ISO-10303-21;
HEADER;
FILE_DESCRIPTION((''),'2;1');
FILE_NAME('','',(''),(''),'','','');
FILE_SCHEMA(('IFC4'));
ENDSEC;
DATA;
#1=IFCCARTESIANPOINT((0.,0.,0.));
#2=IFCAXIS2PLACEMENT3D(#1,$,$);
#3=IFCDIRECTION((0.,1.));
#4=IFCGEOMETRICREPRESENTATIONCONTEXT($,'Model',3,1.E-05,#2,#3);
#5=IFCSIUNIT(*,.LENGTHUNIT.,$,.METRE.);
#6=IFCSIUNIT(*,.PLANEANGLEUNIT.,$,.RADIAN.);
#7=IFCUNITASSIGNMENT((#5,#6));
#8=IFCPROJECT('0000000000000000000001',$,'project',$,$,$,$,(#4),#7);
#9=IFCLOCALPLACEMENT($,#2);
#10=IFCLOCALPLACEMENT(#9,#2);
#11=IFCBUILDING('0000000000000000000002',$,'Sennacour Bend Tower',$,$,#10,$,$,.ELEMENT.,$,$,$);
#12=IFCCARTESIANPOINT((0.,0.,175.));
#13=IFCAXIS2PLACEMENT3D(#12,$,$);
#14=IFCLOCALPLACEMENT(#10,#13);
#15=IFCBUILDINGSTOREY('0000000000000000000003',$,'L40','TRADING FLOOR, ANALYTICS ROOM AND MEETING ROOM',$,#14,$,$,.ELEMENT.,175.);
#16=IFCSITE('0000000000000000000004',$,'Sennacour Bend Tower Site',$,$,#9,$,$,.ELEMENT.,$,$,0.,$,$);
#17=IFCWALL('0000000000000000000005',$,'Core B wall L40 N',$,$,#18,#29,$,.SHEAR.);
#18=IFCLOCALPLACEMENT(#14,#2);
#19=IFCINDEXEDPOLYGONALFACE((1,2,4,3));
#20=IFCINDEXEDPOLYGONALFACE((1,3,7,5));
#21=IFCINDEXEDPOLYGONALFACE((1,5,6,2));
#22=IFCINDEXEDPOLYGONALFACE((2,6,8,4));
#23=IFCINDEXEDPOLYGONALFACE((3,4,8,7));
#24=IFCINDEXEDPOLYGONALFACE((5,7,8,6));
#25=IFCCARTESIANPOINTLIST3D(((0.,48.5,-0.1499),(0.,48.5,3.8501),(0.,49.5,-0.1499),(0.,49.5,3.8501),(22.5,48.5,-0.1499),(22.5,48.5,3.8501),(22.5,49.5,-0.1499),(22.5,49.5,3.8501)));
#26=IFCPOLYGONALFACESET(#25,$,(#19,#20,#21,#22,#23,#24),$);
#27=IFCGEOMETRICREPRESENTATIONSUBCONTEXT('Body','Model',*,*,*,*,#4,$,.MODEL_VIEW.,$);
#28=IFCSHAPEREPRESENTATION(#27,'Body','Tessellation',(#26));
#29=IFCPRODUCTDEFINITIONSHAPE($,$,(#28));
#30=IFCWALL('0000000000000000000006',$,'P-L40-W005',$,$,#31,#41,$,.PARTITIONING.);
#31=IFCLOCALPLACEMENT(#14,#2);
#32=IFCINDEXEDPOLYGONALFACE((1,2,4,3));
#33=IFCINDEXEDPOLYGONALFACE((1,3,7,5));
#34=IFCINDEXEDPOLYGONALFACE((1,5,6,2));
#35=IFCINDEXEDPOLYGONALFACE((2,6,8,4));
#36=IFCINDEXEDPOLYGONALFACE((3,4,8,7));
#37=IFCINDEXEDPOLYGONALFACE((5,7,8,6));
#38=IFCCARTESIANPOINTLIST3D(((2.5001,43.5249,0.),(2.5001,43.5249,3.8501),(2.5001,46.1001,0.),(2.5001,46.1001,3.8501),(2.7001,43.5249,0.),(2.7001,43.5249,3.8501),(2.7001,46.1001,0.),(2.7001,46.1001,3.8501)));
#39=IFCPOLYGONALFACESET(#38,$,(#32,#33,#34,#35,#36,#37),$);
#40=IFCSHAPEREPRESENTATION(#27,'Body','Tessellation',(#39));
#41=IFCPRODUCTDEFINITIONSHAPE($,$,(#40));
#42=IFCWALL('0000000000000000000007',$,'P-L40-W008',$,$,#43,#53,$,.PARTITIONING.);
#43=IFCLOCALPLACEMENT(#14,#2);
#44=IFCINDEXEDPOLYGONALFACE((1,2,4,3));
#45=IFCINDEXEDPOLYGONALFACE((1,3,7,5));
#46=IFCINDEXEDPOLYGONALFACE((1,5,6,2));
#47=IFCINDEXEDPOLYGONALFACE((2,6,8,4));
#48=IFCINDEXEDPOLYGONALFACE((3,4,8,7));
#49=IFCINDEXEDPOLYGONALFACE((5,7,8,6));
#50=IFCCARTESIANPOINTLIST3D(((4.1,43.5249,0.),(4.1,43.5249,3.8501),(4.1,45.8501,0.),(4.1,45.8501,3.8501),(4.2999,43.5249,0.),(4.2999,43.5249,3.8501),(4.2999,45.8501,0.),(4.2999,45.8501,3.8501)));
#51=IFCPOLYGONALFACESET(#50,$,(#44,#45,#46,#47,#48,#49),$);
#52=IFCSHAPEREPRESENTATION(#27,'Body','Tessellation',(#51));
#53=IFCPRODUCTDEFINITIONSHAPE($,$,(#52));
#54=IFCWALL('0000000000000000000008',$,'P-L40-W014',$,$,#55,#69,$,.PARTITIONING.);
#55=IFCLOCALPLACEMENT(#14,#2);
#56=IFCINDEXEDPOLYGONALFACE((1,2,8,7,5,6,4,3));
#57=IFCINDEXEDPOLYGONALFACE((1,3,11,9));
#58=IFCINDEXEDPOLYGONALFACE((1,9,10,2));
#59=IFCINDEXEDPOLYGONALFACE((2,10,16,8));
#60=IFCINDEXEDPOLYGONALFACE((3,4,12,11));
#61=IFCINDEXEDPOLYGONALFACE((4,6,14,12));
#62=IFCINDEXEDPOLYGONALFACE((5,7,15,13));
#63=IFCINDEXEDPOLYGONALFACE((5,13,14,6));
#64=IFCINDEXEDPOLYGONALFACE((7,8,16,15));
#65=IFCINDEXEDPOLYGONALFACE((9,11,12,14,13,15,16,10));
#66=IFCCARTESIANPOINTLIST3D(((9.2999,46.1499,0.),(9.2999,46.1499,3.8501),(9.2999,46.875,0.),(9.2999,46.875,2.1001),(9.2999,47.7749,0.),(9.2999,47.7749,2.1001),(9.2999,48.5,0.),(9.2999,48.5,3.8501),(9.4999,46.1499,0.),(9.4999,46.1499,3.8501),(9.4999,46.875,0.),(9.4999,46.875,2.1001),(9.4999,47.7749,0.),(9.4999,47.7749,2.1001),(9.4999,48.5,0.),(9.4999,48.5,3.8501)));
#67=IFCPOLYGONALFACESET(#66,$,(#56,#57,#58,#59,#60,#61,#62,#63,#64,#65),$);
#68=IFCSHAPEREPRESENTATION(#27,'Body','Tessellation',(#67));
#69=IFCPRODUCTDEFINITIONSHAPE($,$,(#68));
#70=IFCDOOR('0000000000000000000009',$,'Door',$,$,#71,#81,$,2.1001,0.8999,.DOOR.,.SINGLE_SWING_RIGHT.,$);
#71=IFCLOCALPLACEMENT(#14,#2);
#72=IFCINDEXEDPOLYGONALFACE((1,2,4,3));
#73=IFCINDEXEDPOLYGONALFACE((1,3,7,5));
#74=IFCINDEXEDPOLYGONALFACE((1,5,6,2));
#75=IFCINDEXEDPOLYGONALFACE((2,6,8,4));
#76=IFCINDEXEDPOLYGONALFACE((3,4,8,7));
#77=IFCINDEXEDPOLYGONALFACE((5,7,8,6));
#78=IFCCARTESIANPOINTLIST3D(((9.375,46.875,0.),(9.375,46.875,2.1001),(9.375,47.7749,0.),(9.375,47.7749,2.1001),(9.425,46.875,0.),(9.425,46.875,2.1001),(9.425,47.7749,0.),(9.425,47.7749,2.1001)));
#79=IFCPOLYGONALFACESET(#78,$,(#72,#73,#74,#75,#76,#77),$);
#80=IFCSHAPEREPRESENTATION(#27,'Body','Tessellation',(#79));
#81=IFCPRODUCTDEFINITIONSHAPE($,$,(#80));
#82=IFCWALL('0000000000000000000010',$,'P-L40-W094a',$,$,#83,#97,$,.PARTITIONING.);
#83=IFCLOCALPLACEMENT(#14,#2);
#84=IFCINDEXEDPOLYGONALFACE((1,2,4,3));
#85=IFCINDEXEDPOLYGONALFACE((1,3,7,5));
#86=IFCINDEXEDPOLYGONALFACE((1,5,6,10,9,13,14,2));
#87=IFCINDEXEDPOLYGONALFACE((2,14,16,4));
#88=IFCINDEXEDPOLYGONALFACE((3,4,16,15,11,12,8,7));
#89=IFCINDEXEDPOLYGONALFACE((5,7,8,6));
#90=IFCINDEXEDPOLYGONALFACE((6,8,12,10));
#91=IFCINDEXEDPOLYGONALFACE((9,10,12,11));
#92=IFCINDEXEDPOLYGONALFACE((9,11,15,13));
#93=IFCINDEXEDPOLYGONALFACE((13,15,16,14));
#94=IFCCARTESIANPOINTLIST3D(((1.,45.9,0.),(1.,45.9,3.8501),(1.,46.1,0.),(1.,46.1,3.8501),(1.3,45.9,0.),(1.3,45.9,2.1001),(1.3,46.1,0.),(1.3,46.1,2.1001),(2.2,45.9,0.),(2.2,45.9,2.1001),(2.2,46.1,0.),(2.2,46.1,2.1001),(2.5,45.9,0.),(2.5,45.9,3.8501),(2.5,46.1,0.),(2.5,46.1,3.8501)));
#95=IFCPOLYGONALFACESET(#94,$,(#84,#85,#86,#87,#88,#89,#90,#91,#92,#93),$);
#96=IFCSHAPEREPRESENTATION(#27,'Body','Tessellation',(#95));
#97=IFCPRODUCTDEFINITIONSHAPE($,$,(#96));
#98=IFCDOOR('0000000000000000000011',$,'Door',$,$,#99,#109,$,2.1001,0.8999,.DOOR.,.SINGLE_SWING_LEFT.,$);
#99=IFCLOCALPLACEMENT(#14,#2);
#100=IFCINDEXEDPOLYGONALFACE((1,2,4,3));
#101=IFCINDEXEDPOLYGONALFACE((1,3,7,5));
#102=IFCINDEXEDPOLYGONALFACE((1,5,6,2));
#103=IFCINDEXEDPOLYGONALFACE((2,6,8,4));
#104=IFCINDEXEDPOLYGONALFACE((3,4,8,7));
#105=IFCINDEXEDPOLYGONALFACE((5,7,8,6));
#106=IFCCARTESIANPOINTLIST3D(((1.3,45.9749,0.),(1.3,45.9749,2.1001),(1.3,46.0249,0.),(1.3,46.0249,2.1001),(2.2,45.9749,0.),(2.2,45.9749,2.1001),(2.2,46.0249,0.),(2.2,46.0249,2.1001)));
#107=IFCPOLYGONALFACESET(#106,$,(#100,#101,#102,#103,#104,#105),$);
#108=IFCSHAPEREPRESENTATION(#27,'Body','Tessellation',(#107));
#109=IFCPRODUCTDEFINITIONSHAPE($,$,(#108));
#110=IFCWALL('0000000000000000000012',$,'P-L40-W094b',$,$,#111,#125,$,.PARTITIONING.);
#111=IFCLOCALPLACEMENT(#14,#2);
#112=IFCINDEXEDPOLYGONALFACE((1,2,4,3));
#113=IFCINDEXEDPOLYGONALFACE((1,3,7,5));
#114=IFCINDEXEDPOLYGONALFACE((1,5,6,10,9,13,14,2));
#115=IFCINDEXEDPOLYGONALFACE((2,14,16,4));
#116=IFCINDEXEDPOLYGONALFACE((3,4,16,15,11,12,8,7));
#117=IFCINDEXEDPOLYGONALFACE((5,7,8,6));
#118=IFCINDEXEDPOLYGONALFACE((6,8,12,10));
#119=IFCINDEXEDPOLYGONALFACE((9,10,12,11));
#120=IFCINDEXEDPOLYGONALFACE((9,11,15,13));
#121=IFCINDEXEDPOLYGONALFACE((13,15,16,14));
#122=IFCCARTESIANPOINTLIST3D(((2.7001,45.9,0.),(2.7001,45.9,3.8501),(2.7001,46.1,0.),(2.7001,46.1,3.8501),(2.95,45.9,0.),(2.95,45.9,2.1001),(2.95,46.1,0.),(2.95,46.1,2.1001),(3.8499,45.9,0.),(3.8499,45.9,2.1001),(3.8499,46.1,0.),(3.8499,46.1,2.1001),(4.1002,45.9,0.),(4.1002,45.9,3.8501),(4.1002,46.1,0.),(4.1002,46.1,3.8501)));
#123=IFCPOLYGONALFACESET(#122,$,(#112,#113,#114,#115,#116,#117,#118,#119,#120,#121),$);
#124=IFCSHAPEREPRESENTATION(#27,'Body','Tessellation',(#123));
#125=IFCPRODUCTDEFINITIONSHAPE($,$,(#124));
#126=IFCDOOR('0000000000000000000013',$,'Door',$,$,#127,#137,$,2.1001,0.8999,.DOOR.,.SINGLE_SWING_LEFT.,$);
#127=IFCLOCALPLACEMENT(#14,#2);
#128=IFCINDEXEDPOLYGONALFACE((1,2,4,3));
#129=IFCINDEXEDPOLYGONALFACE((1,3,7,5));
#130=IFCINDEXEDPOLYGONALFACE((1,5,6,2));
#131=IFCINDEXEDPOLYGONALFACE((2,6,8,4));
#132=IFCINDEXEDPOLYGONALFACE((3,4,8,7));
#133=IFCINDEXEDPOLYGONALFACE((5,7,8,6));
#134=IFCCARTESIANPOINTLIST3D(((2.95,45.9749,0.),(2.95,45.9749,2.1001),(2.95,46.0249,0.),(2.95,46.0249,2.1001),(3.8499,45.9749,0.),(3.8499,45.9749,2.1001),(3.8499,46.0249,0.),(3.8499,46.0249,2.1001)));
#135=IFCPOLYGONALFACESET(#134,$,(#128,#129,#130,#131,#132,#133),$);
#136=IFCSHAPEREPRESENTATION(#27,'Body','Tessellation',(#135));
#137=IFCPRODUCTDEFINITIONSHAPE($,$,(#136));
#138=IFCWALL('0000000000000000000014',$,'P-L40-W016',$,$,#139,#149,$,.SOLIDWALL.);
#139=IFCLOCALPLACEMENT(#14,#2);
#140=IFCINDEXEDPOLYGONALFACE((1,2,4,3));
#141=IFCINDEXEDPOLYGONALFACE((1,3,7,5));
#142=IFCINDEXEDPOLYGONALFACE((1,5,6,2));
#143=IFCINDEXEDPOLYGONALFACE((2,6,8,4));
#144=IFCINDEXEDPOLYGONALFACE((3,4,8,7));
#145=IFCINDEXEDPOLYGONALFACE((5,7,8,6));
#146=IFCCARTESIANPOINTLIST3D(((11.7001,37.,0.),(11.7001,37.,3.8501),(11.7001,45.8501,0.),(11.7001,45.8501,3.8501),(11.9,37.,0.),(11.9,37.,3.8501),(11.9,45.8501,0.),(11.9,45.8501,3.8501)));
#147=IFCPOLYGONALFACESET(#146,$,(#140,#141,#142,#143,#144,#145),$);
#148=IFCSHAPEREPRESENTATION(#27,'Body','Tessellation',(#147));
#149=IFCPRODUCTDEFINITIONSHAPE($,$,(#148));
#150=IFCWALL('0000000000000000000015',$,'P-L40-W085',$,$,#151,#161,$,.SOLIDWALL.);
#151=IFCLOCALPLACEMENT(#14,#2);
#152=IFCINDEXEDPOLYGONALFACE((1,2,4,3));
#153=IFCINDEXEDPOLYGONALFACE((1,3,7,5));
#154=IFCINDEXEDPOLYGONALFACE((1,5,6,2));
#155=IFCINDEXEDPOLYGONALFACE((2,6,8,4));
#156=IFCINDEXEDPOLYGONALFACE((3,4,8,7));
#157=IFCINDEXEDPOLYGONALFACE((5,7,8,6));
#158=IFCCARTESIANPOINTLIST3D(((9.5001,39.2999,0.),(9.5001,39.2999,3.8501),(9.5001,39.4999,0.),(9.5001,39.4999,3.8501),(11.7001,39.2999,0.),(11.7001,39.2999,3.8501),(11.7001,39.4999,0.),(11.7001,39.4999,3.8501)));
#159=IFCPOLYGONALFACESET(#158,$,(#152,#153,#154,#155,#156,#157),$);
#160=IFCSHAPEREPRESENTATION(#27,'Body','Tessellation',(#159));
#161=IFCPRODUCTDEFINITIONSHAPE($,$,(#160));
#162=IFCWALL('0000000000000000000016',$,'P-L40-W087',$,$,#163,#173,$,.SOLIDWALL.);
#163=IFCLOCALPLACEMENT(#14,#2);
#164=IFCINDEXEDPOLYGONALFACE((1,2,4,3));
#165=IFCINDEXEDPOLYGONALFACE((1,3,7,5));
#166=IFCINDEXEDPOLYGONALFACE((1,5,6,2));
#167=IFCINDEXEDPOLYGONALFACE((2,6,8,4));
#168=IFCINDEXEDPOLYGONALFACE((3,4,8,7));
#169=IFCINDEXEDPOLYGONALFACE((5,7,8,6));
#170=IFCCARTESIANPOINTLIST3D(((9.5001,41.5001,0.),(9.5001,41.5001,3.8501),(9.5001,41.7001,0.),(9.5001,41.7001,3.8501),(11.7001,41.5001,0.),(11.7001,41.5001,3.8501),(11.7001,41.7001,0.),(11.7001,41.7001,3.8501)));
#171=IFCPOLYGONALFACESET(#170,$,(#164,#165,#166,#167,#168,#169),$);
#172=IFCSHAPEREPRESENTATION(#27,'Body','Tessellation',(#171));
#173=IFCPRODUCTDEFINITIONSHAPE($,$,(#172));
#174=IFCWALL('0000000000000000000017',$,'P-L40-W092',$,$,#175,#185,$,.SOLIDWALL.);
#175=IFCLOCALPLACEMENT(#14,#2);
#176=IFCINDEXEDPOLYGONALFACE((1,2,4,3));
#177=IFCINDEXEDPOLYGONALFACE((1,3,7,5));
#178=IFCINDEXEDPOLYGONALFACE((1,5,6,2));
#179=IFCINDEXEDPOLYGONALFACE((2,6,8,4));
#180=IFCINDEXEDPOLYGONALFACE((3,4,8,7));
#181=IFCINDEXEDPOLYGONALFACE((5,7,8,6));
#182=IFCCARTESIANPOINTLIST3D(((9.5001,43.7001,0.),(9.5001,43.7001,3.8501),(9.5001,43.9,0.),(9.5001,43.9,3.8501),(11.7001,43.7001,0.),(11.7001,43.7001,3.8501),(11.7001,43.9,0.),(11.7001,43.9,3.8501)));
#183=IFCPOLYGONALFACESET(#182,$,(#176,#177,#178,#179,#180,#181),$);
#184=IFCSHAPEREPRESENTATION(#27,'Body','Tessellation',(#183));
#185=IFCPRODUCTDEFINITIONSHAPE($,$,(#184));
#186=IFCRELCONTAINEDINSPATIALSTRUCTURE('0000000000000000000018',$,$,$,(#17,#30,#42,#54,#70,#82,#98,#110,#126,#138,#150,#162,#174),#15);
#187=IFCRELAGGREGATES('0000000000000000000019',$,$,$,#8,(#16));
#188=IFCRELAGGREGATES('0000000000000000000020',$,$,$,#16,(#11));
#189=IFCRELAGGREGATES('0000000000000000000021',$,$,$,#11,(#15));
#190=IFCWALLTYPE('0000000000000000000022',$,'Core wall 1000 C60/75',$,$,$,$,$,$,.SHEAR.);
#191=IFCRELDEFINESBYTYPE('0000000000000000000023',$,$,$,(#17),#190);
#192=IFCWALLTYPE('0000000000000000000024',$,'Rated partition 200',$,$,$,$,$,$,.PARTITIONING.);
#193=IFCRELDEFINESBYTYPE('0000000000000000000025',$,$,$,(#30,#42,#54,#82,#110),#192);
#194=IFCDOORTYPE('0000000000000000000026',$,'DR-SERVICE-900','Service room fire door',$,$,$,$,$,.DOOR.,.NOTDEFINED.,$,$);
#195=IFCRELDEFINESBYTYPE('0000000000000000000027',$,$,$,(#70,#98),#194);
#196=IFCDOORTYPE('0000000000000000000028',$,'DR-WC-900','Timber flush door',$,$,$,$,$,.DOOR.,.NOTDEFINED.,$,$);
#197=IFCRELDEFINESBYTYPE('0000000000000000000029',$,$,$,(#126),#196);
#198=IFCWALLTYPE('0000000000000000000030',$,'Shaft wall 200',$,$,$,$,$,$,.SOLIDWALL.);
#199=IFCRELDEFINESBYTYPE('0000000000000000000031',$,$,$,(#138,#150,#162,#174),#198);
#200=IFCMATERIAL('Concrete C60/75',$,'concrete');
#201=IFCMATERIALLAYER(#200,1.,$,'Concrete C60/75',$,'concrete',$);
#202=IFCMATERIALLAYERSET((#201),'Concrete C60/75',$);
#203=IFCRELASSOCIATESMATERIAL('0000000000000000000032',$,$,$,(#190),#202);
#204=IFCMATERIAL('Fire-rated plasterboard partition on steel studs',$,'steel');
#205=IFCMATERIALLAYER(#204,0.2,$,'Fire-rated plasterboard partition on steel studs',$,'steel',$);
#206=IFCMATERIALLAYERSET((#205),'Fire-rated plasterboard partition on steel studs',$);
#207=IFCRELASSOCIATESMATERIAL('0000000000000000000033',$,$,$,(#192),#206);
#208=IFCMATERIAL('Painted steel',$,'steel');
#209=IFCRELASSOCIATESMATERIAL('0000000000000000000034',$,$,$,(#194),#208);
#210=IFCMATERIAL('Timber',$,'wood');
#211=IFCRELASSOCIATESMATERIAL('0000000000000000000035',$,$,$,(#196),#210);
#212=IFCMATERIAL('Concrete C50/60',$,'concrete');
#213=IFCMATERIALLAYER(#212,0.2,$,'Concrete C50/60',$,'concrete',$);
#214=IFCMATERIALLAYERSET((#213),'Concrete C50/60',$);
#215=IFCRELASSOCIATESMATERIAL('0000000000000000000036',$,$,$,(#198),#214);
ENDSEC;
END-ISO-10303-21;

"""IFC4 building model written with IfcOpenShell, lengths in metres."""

from ifc_helpers import new_model, si_unit, direction, frame, frame_2d, origin, place, context, subcontext, project, spatial, rectangle, extrude, material, layer, layer_set, type_object, element, fill, save


model = new_model("IFC4")

# Units and contexts
model_context = context("Model", 3, precision=1e-05, world=origin(), true_north=direction((0.0, 1.0)))
body_context = subcontext(model_context, "Body", "Model", "MODEL_VIEW")
ifc_project = project(units=[si_unit("LENGTHUNIT", "METRE"), si_unit("PLANEANGLEUNIT", "RADIAN")], contexts=[model_context])

# Site, building, storey
site_placement = place(None, origin())
site = spatial("IfcSite", under=ifc_project, at=site_placement, Name="Sennacour Bend Tower Site", CompositionType="ELEMENT", RefElevation=0.0)
building_placement = place(site_placement, origin())
building = spatial("IfcBuilding", under=site, at=building_placement, Name="Sennacour Bend Tower", CompositionType="ELEMENT")
storey_placement = place(building_placement, frame((0.0, 0.0, 175.0)))
storey = spatial("IfcBuildingStorey", under=building, at=storey_placement, Name="L40", Description="TRADING FLOOR, ANALYTICS ROOM AND MEETING ROOM", CompositionType="ELEMENT", Elevation=175.0)

# Walls
ifc_material_1 = material(Name="Concrete C60/75", Category="concrete")
ifc_layer_1 = layer(ifc_material_1, 1.0, Name="Concrete C60/75", Category="concrete")
ifc_layer_set_1 = layer_set([ifc_layer_1], Name="Concrete C60/75")
wall_type_1 = type_object("IfcWallType", Name="Core wall 1000 C60/75", PredefinedType="SHEAR", material=ifc_layer_set_1)
wall_1_placement = place(storey_placement, frame((0.0, 49.0, -0.1499), z_axis=(0.0, 0.0, 1.0), x_axis=(1.0, 0.0, 0.0)))
element("IfcWall", 1, at=wall_1_placement, inside=storey, type_object=wall_type_1, Name="Core B wall L40 N", PredefinedType="SHEAR", context=body_context, shape_type="SweptSolid", body=[
    extrude(rectangle(XDim=22.5, YDim=1.0, at=frame_2d((11.25, 0.0))), origin(), (0.0, 0.0, 1.0), 4.0),
])
ifc_material_2 = material(Name="Fire-rated plasterboard partition on steel studs", Category="steel")
ifc_layer_2 = layer(ifc_material_2, 0.2, Name="Fire-rated plasterboard partition on steel studs", Category="steel")
ifc_layer_set_2 = layer_set([ifc_layer_2], Name="Fire-rated plasterboard partition on steel studs")
wall_type_2 = type_object("IfcWallType", Name="Rated partition 200", PredefinedType="PARTITIONING", material=ifc_layer_set_2)
wall_2_placement = place(storey_placement, frame((2.6001, 43.5249, 0.0), z_axis=(0.0, 0.0, 1.0), x_axis=(0.0, 1.0, 0.0)))
element("IfcWall", 2, at=wall_2_placement, inside=storey, type_object=wall_type_2, Name="P-L40-W005", PredefinedType="PARTITIONING", context=body_context, shape_type="SweptSolid", body=[
    extrude(rectangle(XDim=2.5752, YDim=0.2, at=frame_2d((1.2876, 0.0))), origin(), (0.0, 0.0, 1.0), 3.8501),
])
wall_3_placement = place(storey_placement, frame((4.2, 43.5249, 0.0), z_axis=(0.0, 0.0, 1.0), x_axis=(0.0, 1.0, 0.0)))
element("IfcWall", 3, at=wall_3_placement, inside=storey, type_object=wall_type_2, Name="P-L40-W008", PredefinedType="PARTITIONING", context=body_context, shape_type="SweptSolid", body=[
    extrude(rectangle(XDim=2.3252, YDim=0.2, at=frame_2d((1.1626, 0.0))), origin(), (0.0, 0.0, 1.0), 3.8501),
])

# Walls, openings, doors
wall_4_placement = place(storey_placement, frame((9.3999, 46.1499, 0.0), z_axis=(0.0, 0.0, 1.0), x_axis=(0.0, 1.0, 0.0)))
wall_4 = element("IfcWall", 4, at=wall_4_placement, inside=storey, type_object=wall_type_2, Name="P-L40-W014", PredefinedType="PARTITIONING", context=body_context, shape_type="SweptSolid", body=[
    extrude(rectangle(XDim=2.3501, YDim=0.2, at=frame_2d((1.175, 0.0))), origin(), (0.0, 0.0, 1.0), 3.8501),
])
opening_1_placement = place(wall_4_placement, frame((0.7251, 0.0, 0.0)))
opening_1 = element("IfcOpeningElement", 5, at=opening_1_placement, cuts=wall_4, PredefinedType="OPENING", context=body_context, shape_type="SweptSolid", body=[
    extrude(rectangle(XDim=0.8999, YDim=2.1001, at=frame_2d((0.45, 1.05))), frame((0.0, 0.1099, 0.0), z_axis=(0.0, -1.0, 0.0), x_axis=(1.0, 0.0, 0.0)), (0.0, 0.0, 1.0), 0.22),
])
ifc_material_3 = material(Name="Painted steel", Category="steel")
door_type_1 = type_object("IfcDoorType", Name="DR-SERVICE-900", Description="Service room fire door", OperationType="NOTDEFINED", PredefinedType="DOOR", material=ifc_material_3)
door_1_placement = place(opening_1_placement, origin())
door_1 = element("IfcDoor", 6, at=door_1_placement, inside=storey, type_object=door_type_1, Name="Door", OperationType="SINGLE_SWING_RIGHT", OverallHeight=2.1001, OverallWidth=0.8999, PredefinedType="DOOR", context=body_context, shape_type="SweptSolid", body=[
    extrude(rectangle(XDim=0.8999, YDim=2.1001, at=frame_2d((0.45, 1.05))), frame((0.0, 0.0249, 0.0), z_axis=(0.0, -1.0, 0.0), x_axis=(1.0, 0.0, 0.0)), (0.0, 0.0, 1.0), 0.05),
])
fill(opening_1, door_1)
wall_5_placement = place(storey_placement, frame((1.0, 46.0, 0.0), z_axis=(0.0, 0.0, 1.0), x_axis=(1.0, 0.0, 0.0)))
wall_5 = element("IfcWall", 7, at=wall_5_placement, inside=storey, type_object=wall_type_2, Name="P-L40-W094a", PredefinedType="PARTITIONING", context=body_context, shape_type="SweptSolid", body=[
    extrude(rectangle(XDim=1.5, YDim=0.2, at=frame_2d((0.75, 0.0))), origin(), (0.0, 0.0, 1.0), 3.8501),
])
opening_2_placement = place(wall_5_placement, frame((0.3, 0.0, 0.0)))
opening_2 = element("IfcOpeningElement", 8, at=opening_2_placement, cuts=wall_5, PredefinedType="OPENING", context=body_context, shape_type="SweptSolid", body=[
    extrude(rectangle(XDim=0.8999, YDim=2.1001, at=frame_2d((0.45, 1.05))), frame((0.0, 0.1099, 0.0), z_axis=(0.0, -1.0, 0.0), x_axis=(1.0, 0.0, 0.0)), (0.0, 0.0, 1.0), 0.22),
])
door_2_placement = place(opening_2_placement, origin())
door_2 = element("IfcDoor", 9, at=door_2_placement, inside=storey, type_object=door_type_1, Name="Door", OperationType="SINGLE_SWING_LEFT", OverallHeight=2.1001, OverallWidth=0.8999, PredefinedType="DOOR", context=body_context, shape_type="SweptSolid", body=[
    extrude(rectangle(XDim=0.8999, YDim=2.1001, at=frame_2d((0.45, 1.05))), frame((0.0, 0.0249, 0.0), z_axis=(0.0, -1.0, 0.0), x_axis=(1.0, 0.0, 0.0)), (0.0, 0.0, 1.0), 0.05),
])
fill(opening_2, door_2)
wall_6_placement = place(storey_placement, frame((2.7, 46.0, 0.0), z_axis=(0.0, 0.0, 1.0), x_axis=(1.0, 0.0, 0.0)))
wall_6 = element("IfcWall", 10, at=wall_6_placement, inside=storey, type_object=wall_type_2, Name="P-L40-W094b", PredefinedType="PARTITIONING", context=body_context, shape_type="SweptSolid", body=[
    extrude(rectangle(XDim=1.4001, YDim=0.2, at=frame_2d((0.7002, 0.0))), origin(), (0.0, 0.0, 1.0), 3.8501),
])
opening_3_placement = place(wall_6_placement, frame((0.25, 0.0, 0.0)))
opening_3 = element("IfcOpeningElement", 11, at=opening_3_placement, cuts=wall_6, PredefinedType="OPENING", context=body_context, shape_type="SweptSolid", body=[
    extrude(rectangle(XDim=0.8999, YDim=2.1001, at=frame_2d((0.45, 1.05))), frame((0.0, 0.1099, 0.0), z_axis=(0.0, -1.0, 0.0), x_axis=(1.0, 0.0, 0.0)), (0.0, 0.0, 1.0), 0.22),
])
ifc_material_4 = material(Name="Timber", Category="wood")
door_type_2 = type_object("IfcDoorType", Name="DR-WC-900", Description="Timber flush door", OperationType="NOTDEFINED", PredefinedType="DOOR", material=ifc_material_4)
door_3_placement = place(opening_3_placement, origin())
door_3 = element("IfcDoor", 12, at=door_3_placement, inside=storey, type_object=door_type_2, Name="Door", OperationType="SINGLE_SWING_LEFT", OverallHeight=2.1001, OverallWidth=0.8999, PredefinedType="DOOR", context=body_context, shape_type="SweptSolid", body=[
    extrude(rectangle(XDim=0.8999, YDim=2.1001, at=frame_2d((0.45, 1.05))), frame((0.0, 0.0249, 0.0), z_axis=(0.0, -1.0, 0.0), x_axis=(1.0, 0.0, 0.0)), (0.0, 0.0, 1.0), 0.05),
])
fill(opening_3, door_3)

# Walls
ifc_material_5 = material(Name="Concrete C50/60", Category="concrete")
ifc_layer_3 = layer(ifc_material_5, 0.2, Name="Concrete C50/60", Category="concrete")
ifc_layer_set_3 = layer_set([ifc_layer_3], Name="Concrete C50/60")
wall_type_3 = type_object("IfcWallType", Name="Shaft wall 200", PredefinedType="SOLIDWALL", material=ifc_layer_set_3)
wall_7_placement = place(storey_placement, frame((11.8, 37.0, 0.0), z_axis=(0.0, 0.0, 1.0), x_axis=(0.0, 1.0, 0.0)))
element("IfcWall", 13, at=wall_7_placement, inside=storey, type_object=wall_type_3, Name="P-L40-W016", PredefinedType="SOLIDWALL", context=body_context, shape_type="SweptSolid", body=[
    extrude(rectangle(XDim=8.8501, YDim=0.2, at=frame_2d((4.425, 0.0))), origin(), (0.0, 0.0, 1.0), 3.8501),
])
for number, where, z_axis, x_axis, name in (
    (14, (9.5, 39.3999, 0.0), (0.0, 0.0, 1.0), (1.0, 0.0, 0.0), "P-L40-W085"),
    (15, (9.5, 41.6001, 0.0), (0.0, 0.0, 1.0), (1.0, 0.0, 0.0), "P-L40-W087"),
    (16, (9.5, 43.8, 0.0), (0.0, 0.0, 1.0), (1.0, 0.0, 0.0), "P-L40-W092"),
):
    element("IfcWall", number, at=place(storey_placement, frame(where, z_axis=z_axis, x_axis=x_axis)), inside=storey, type_object=wall_type_3, Name=name, PredefinedType="SOLIDWALL", context=body_context, shape_type="SweptSolid", body=[
        extrude(rectangle(XDim=2.2, YDim=0.2, at=frame_2d((1.1001, 0.0))), origin(), (0.0, 0.0, 1.0), 3.8501),
    ])

save(model, "model.ifc")
